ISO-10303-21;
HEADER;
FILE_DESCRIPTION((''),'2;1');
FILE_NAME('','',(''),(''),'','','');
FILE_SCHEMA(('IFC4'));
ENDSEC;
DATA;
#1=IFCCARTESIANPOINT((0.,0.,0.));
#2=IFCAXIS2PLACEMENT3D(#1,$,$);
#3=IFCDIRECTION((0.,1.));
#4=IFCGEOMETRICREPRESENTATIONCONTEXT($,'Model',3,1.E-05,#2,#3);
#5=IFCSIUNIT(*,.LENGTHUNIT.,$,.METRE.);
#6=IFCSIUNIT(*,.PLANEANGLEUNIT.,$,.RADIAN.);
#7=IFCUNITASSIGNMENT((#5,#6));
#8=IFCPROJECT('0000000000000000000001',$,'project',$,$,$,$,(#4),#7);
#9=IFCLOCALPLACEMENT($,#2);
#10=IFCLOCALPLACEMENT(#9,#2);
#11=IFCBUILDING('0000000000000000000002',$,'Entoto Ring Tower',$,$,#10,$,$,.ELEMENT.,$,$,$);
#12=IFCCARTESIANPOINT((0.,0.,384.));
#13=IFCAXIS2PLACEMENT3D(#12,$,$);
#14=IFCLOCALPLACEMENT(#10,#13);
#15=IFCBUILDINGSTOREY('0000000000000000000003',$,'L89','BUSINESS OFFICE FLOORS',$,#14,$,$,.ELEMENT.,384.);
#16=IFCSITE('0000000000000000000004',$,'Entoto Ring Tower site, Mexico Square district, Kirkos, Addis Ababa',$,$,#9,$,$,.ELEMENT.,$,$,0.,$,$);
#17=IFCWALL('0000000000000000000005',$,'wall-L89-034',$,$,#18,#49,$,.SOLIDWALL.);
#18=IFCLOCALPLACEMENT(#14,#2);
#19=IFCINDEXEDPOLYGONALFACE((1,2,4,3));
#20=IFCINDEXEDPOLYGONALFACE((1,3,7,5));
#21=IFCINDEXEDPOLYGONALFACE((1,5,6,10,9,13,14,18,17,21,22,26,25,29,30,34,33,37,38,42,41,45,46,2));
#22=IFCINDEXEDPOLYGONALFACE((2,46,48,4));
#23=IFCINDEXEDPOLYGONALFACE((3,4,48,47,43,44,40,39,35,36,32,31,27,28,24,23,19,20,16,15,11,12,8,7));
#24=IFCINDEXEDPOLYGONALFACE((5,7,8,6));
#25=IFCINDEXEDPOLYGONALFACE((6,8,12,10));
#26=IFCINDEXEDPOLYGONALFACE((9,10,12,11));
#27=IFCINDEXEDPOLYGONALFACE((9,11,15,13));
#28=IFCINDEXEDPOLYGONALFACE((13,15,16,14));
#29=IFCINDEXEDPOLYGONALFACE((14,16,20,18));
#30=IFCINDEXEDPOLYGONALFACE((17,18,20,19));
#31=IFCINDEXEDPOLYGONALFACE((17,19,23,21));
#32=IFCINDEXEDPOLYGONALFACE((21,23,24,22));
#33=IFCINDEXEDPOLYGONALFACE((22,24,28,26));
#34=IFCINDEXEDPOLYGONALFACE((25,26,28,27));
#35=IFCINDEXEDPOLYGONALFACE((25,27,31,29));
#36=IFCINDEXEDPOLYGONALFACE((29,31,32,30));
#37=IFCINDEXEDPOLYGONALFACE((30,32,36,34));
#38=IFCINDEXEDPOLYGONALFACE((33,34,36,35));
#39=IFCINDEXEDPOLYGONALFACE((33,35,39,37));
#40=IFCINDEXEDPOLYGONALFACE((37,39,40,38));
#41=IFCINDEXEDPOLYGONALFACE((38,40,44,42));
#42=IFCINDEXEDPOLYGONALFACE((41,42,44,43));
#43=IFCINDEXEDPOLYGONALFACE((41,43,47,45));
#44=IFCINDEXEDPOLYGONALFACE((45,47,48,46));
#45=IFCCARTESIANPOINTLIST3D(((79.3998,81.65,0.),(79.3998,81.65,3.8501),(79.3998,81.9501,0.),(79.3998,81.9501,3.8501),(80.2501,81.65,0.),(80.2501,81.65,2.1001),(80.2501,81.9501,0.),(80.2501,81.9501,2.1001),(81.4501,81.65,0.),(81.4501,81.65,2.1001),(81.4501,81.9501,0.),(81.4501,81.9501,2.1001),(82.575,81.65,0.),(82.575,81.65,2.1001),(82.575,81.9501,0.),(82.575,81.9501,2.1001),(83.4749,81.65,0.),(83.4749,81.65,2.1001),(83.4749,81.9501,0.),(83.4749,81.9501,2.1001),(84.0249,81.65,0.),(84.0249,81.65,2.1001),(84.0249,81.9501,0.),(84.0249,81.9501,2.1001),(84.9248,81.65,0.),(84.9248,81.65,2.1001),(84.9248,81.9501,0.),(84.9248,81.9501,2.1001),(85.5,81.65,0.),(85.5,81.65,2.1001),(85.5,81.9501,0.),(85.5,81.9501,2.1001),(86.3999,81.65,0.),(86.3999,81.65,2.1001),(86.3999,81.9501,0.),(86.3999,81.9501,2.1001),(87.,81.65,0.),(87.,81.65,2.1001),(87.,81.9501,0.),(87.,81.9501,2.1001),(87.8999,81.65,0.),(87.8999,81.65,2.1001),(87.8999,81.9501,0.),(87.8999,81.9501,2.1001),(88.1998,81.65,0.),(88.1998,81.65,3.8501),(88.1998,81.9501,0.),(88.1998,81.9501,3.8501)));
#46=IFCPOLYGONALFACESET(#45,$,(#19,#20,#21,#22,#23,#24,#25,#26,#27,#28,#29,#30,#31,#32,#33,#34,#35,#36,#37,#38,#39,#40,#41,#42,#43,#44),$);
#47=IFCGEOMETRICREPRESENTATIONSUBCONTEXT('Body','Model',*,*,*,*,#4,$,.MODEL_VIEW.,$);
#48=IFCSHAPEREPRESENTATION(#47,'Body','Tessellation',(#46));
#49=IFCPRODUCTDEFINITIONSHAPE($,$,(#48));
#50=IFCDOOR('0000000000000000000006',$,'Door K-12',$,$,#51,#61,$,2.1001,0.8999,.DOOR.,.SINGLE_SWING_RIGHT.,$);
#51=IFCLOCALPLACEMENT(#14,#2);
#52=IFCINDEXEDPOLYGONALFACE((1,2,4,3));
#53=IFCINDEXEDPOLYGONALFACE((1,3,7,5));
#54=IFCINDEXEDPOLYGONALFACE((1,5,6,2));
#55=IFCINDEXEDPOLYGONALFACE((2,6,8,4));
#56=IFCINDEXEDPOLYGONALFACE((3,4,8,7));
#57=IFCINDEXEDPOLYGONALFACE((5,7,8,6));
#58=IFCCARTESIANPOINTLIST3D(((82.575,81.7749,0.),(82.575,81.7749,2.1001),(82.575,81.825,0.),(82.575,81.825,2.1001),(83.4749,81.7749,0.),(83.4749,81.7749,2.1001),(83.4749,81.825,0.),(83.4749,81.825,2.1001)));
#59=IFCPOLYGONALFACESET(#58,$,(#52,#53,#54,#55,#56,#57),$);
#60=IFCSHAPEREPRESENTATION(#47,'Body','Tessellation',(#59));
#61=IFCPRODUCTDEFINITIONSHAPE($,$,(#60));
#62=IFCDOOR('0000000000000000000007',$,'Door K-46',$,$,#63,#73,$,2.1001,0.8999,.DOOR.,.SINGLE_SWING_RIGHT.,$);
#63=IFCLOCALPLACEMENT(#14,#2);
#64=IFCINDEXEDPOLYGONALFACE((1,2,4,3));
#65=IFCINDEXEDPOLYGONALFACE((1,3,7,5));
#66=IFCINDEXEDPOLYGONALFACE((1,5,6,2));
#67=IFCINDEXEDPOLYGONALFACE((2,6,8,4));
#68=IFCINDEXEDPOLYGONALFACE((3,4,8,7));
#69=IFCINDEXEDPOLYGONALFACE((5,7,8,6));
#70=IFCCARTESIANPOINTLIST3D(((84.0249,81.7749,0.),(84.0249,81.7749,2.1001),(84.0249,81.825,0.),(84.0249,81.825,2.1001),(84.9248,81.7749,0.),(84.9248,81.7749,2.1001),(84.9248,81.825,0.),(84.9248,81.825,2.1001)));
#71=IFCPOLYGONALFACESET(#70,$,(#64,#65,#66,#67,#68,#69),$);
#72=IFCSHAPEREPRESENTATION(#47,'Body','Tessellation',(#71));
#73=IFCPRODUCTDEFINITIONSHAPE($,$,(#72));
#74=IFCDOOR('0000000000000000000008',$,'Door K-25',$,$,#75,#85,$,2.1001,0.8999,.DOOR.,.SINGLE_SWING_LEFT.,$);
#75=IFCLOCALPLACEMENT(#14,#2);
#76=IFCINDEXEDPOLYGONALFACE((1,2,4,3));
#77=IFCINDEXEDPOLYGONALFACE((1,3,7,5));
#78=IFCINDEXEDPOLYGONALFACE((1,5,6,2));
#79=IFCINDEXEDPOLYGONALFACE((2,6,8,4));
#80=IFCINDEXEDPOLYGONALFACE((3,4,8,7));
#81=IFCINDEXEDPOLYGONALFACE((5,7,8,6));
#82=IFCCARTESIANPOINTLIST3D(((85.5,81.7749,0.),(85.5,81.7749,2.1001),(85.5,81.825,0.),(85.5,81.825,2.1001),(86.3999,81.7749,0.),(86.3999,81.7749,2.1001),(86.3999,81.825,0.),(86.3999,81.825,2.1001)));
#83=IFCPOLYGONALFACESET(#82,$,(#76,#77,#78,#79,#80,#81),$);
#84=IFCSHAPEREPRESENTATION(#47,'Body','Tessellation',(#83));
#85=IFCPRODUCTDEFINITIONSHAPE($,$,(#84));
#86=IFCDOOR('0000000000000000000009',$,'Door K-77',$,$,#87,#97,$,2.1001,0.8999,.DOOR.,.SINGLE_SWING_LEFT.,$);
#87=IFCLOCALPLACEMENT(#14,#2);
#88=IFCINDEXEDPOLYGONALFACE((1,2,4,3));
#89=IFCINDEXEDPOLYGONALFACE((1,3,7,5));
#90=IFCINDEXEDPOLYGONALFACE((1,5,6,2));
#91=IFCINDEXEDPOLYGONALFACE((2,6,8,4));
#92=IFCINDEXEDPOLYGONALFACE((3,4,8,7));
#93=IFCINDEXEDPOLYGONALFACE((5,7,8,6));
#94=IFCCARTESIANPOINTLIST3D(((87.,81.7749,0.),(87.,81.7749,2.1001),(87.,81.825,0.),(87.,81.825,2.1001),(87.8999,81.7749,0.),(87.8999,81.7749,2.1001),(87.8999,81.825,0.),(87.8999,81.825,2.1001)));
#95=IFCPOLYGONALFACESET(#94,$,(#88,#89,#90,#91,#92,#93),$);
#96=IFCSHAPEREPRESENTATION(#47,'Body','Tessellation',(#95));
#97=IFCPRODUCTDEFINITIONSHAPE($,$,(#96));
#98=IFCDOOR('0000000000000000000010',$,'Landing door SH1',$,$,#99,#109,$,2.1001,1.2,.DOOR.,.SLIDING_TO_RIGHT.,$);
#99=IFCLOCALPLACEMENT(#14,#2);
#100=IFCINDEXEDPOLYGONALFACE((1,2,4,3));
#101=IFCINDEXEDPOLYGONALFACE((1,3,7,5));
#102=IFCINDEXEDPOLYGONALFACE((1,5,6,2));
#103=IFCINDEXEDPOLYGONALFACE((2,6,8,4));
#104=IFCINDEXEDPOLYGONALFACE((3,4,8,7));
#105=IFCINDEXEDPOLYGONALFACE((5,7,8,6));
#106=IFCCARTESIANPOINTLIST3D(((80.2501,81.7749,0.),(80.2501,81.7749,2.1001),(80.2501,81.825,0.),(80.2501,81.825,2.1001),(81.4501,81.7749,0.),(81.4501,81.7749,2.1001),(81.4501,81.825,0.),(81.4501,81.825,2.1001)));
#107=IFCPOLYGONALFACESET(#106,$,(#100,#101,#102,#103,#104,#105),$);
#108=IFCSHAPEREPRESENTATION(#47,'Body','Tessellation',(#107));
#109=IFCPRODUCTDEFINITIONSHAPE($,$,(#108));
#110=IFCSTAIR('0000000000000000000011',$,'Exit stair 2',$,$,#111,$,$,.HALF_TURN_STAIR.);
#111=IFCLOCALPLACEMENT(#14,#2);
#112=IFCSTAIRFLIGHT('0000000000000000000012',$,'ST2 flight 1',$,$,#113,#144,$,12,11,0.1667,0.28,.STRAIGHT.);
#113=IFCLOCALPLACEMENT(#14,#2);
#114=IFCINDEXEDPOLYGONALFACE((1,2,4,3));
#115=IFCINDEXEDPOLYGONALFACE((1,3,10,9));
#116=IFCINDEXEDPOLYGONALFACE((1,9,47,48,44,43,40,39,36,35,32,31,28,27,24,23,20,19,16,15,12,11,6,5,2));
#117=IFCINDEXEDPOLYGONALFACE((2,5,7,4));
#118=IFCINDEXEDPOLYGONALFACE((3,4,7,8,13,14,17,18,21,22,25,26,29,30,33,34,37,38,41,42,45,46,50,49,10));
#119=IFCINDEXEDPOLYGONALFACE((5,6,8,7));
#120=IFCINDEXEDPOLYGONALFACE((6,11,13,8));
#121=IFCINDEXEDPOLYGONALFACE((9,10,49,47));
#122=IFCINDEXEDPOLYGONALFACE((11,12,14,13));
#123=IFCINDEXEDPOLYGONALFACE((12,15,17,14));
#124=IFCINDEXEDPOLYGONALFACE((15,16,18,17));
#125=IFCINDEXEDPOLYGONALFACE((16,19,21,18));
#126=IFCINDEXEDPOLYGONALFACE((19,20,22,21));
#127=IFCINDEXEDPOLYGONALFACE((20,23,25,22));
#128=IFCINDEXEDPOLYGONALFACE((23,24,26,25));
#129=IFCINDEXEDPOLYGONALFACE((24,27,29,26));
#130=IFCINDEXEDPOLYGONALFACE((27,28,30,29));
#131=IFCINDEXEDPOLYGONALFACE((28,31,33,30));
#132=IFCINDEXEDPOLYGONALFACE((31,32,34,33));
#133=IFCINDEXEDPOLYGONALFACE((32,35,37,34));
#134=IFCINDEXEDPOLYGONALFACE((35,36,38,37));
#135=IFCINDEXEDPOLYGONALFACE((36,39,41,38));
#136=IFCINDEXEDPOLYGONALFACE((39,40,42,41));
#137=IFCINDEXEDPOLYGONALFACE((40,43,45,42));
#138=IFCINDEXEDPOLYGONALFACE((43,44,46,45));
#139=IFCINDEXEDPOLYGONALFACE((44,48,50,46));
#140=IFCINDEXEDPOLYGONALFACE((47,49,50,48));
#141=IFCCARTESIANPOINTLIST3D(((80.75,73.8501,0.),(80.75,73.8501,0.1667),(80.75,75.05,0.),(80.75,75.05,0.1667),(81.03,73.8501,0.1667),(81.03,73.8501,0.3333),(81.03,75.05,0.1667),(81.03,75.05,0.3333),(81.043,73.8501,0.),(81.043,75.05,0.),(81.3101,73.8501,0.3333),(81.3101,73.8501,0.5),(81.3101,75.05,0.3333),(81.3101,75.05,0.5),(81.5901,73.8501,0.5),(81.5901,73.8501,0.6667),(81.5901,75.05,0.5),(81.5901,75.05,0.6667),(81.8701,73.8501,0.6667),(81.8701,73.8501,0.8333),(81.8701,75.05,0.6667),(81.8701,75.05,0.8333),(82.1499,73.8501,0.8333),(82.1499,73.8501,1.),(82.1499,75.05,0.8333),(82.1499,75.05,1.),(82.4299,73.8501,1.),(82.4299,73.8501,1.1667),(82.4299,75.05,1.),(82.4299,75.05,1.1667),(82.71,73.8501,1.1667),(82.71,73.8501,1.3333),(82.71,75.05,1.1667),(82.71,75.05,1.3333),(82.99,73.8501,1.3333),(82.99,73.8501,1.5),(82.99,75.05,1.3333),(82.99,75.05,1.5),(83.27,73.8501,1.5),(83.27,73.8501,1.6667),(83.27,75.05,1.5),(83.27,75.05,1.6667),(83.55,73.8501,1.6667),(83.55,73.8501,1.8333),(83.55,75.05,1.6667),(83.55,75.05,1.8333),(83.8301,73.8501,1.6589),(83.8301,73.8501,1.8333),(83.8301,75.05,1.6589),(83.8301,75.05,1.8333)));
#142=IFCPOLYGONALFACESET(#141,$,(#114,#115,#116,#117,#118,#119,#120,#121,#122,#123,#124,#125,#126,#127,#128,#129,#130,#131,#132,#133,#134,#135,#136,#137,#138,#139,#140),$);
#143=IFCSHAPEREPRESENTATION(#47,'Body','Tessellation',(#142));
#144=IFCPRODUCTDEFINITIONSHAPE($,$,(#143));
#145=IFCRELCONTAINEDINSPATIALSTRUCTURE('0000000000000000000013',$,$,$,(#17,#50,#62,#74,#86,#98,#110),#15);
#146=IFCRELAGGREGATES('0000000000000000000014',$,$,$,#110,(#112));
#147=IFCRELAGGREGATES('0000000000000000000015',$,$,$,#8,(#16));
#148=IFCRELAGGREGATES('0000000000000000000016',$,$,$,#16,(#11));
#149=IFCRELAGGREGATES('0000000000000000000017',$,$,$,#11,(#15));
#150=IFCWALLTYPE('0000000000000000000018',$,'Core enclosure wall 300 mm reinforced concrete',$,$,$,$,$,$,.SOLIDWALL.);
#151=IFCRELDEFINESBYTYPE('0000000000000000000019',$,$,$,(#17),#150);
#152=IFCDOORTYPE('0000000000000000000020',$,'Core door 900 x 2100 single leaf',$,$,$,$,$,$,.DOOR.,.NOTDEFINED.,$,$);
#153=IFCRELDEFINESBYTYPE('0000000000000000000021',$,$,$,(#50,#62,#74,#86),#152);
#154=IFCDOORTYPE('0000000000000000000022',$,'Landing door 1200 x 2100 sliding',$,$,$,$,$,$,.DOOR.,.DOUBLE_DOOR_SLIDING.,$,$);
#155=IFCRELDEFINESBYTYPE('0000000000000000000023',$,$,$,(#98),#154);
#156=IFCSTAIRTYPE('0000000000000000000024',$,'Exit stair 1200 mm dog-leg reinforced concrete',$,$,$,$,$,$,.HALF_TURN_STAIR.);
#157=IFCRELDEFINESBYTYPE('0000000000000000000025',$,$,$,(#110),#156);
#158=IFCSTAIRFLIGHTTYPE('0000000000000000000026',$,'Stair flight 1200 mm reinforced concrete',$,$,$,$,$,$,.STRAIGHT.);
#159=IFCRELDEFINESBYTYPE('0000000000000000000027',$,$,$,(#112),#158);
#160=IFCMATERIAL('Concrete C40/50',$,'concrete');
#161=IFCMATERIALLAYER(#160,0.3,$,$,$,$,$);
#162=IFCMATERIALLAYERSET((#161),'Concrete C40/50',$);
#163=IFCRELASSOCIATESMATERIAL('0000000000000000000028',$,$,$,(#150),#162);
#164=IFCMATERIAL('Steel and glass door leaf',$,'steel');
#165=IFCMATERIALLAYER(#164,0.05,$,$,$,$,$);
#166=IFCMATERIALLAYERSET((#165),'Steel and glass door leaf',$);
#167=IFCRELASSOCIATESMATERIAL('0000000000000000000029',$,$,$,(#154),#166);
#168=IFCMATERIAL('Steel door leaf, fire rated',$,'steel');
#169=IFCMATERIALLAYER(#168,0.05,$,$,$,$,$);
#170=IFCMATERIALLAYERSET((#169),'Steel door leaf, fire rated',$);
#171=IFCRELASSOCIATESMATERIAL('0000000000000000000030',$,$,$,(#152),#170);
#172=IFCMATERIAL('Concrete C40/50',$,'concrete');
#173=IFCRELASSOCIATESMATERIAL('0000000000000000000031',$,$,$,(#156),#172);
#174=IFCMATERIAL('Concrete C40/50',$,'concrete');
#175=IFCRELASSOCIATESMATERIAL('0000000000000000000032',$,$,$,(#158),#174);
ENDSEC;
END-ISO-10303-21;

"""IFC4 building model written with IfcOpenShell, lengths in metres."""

from ifc_helpers import new_model, si_unit, direction, frame, frame_2d, origin, place, context, subcontext, project, spatial, polyline, rectangle, outline, extrude, material, layer, layer_set, type_object, element, fill, aggregate, save


model = new_model("IFC4")

# Units and contexts
model_context = context("Model", 3, precision=1e-05, world=origin(), true_north=direction((0.0, 1.0)))
body_context = subcontext(model_context, "Body", "Model", "MODEL_VIEW")
ifc_project = project(units=[si_unit("LENGTHUNIT", "METRE"), si_unit("PLANEANGLEUNIT", "RADIAN")], contexts=[model_context])

# Site, building, storey
site_placement = place(None, origin())
site = spatial("IfcSite", under=ifc_project, at=site_placement, Name="Entoto Ring Tower site, Mexico Square district, Kirkos, Addis Ababa", CompositionType="ELEMENT", RefElevation=0.0)
building_placement = place(site_placement, origin())
building = spatial("IfcBuilding", under=site, at=building_placement, Name="Entoto Ring Tower", CompositionType="ELEMENT")
storey_placement = place(building_placement, frame((0.0, 0.0, 384.0)))
storey = spatial("IfcBuildingStorey", under=building, at=storey_placement, Name="L89", Description="BUSINESS OFFICE FLOORS", CompositionType="ELEMENT", Elevation=384.0)

# Shared definitions
ifc_material_1 = material(Name="Concrete C40/50", Category="concrete")
ifc_layer_1 = layer(ifc_material_1, 0.3)
ifc_layer_set_1 = layer_set([ifc_layer_1], Name="Concrete C40/50")
wall_type = type_object("IfcWallType", Name="Core enclosure wall 300 mm reinforced concrete", PredefinedType="SOLIDWALL", material=ifc_layer_set_1)
ifc_material_2 = material(Name="Steel and glass door leaf", Category="steel")
ifc_layer_2 = layer(ifc_material_2, 0.05)
ifc_layer_set_2 = layer_set([ifc_layer_2], Name="Steel and glass door leaf")
door_type_1 = type_object("IfcDoorType", Name="Landing door 1200 x 2100 sliding", OperationType="DOUBLE_DOOR_SLIDING", PredefinedType="DOOR", material=ifc_layer_set_2)

# Wall, openings, doors
ifc_material_3 = material(Name="Steel door leaf, fire rated", Category="steel")
ifc_layer_3 = layer(ifc_material_3, 0.05)
ifc_layer_set_3 = layer_set([ifc_layer_3], Name="Steel door leaf, fire rated")
door_type_2 = type_object("IfcDoorType", Name="Core door 900 x 2100 single leaf", OperationType="NOTDEFINED", PredefinedType="DOOR", material=ifc_layer_set_3)
wall_1_placement = place(storey_placement, frame((79.3999, 81.8, 0.0), z_axis=(0.0, 0.0, 1.0), x_axis=(1.0, 0.0, 0.0)))
wall_1 = element("IfcWall", 1, at=wall_1_placement, inside=storey, type_object=wall_type, Name="wall-L89-034", PredefinedType="SOLIDWALL", context=body_context, shape_type="SweptSolid", body=[
    extrude(rectangle(XDim=8.8, YDim=0.3, at=frame_2d((4.3999, 0.0))), origin(), (0.0, 0.0, 1.0), 3.8501),
])
opening_1_placement = place(wall_1_placement, frame((0.8501, 0.0, 0.0)))
opening_1 = element("IfcOpeningElement", 2, at=opening_1_placement, cuts=wall_1, PredefinedType="OPENING", context=body_context, shape_type="SweptSolid", body=[
    extrude(rectangle(XDim=1.2, YDim=2.1001, at=frame_2d((0.6001, 1.05))), frame((0.0, 0.1602, 0.0), z_axis=(0.0, -1.0, 0.0), x_axis=(1.0, 0.0, 0.0)), (0.0, 0.0, 1.0), 0.3201),
])
opening_2_placement = place(wall_1_placement, frame((3.175, 0.0, 0.0)))
opening_2 = element("IfcOpeningElement", 3, at=opening_2_placement, cuts=wall_1, PredefinedType="OPENING", context=body_context, shape_type="SweptSolid", body=[
    extrude(rectangle(XDim=0.8999, YDim=2.1001, at=frame_2d((0.45, 1.05))), frame((0.0, 0.1602, 0.0), z_axis=(0.0, -1.0, 0.0), x_axis=(1.0, 0.0, 0.0)), (0.0, 0.0, 1.0), 0.3201),
])
opening_3_placement = place(wall_1_placement, frame((4.625, 0.0, 0.0)))
opening_3 = element("IfcOpeningElement", 4, at=opening_3_placement, cuts=wall_1, PredefinedType="OPENING", context=body_context, shape_type="SweptSolid", body=[
    extrude(rectangle(XDim=0.8999, YDim=2.1001, at=frame_2d((0.45, 1.05))), frame((0.0, 0.1602, 0.0), z_axis=(0.0, -1.0, 0.0), x_axis=(1.0, 0.0, 0.0)), (0.0, 0.0, 1.0), 0.3201),
])
opening_4_placement = place(wall_1_placement, frame((6.1001, 0.0, 0.0)))
opening_4 = element("IfcOpeningElement", 5, at=opening_4_placement, cuts=wall_1, PredefinedType="OPENING", context=body_context, shape_type="SweptSolid", body=[
    extrude(rectangle(XDim=0.8999, YDim=2.1001, at=frame_2d((0.45, 1.05))), frame((0.0, 0.1602, 0.0), z_axis=(0.0, -1.0, 0.0), x_axis=(1.0, 0.0, 0.0)), (0.0, 0.0, 1.0), 0.3201),
])
opening_5_placement = place(wall_1_placement, frame((7.6001, 0.0, 0.0)))
opening_5 = element("IfcOpeningElement", 6, at=opening_5_placement, cuts=wall_1, PredefinedType="OPENING", context=body_context, shape_type="SweptSolid", body=[
    extrude(rectangle(XDim=0.8999, YDim=2.1001, at=frame_2d((0.45, 1.05))), frame((0.0, 0.1602, 0.0), z_axis=(0.0, -1.0, 0.0), x_axis=(1.0, 0.0, 0.0)), (0.0, 0.0, 1.0), 0.3201),
])
door_1_placement = place(opening_2_placement, origin())
door_1 = element("IfcDoor", 7, at=door_1_placement, inside=storey, type_object=door_type_2, Name="Door K-12", OperationType="SINGLE_SWING_RIGHT", OverallHeight=2.1001, OverallWidth=0.8999, PredefinedType="DOOR", context=body_context, shape_type="SweptSolid", body=[
    extrude(rectangle(XDim=0.8999, YDim=2.1001, at=frame_2d((0.45, 1.05))), frame((0.0, 0.0249, 0.0), z_axis=(0.0, -1.0, 0.0), x_axis=(1.0, 0.0, 0.0)), (0.0, 0.0, 1.0), 0.05),
])
fill(opening_2, door_1)
door_2_placement = place(opening_3_placement, origin())
door_2 = element("IfcDoor", 8, at=door_2_placement, inside=storey, type_object=door_type_2, Name="Door K-46", OperationType="SINGLE_SWING_RIGHT", OverallHeight=2.1001, OverallWidth=0.8999, PredefinedType="DOOR", context=body_context, shape_type="SweptSolid", body=[
    extrude(rectangle(XDim=0.8999, YDim=2.1001, at=frame_2d((0.45, 1.05))), frame((0.0, 0.0249, 0.0), z_axis=(0.0, -1.0, 0.0), x_axis=(1.0, 0.0, 0.0)), (0.0, 0.0, 1.0), 0.05),
])
fill(opening_3, door_2)
door_3_placement = place(opening_4_placement, origin())
door_3 = element("IfcDoor", 9, at=door_3_placement, inside=storey, type_object=door_type_2, Name="Door K-25", OperationType="SINGLE_SWING_LEFT", OverallHeight=2.1001, OverallWidth=0.8999, PredefinedType="DOOR", context=body_context, shape_type="SweptSolid", body=[
    extrude(rectangle(XDim=0.8999, YDim=2.1001, at=frame_2d((0.45, 1.05))), frame((0.0, 0.0249, 0.0), z_axis=(0.0, -1.0, 0.0), x_axis=(1.0, 0.0, 0.0)), (0.0, 0.0, 1.0), 0.05),
])
fill(opening_4, door_3)
door_4_placement = place(opening_5_placement, origin())
door_4 = element("IfcDoor", 10, at=door_4_placement, inside=storey, type_object=door_type_2, Name="Door K-77", OperationType="SINGLE_SWING_LEFT", OverallHeight=2.1001, OverallWidth=0.8999, PredefinedType="DOOR", context=body_context, shape_type="SweptSolid", body=[
    extrude(rectangle(XDim=0.8999, YDim=2.1001, at=frame_2d((0.45, 1.05))), frame((0.0, 0.0249, 0.0), z_axis=(0.0, -1.0, 0.0), x_axis=(1.0, 0.0, 0.0)), (0.0, 0.0, 1.0), 0.05),
])
fill(opening_5, door_4)
door_5_placement = place(opening_1_placement, origin())
door_5 = element("IfcDoor", 11, at=door_5_placement, inside=storey, type_object=door_type_1, Name="Landing door SH1", OperationType="SLIDING_TO_RIGHT", OverallHeight=2.1001, OverallWidth=1.2, PredefinedType="DOOR", context=body_context, shape_type="SweptSolid", body=[
    extrude(rectangle(XDim=1.2, YDim=2.1001, at=frame_2d((0.6001, 1.05))), frame((0.0, 0.0249, 0.0), z_axis=(0.0, -1.0, 0.0), x_axis=(1.0, 0.0, 0.0)), (0.0, 0.0, 1.0), 0.05),
])
fill(opening_1, door_5)

# Stair, stair flight
ifc_material_4 = material(Name="Concrete C40/50", Category="concrete")
stair_type = type_object("IfcStairType", Name="Exit stair 1200 mm dog-leg reinforced concrete", PredefinedType="HALF_TURN_STAIR", material=ifc_material_4)
stair_placement = place(storey_placement, origin())
stair = element("IfcStair", 12, at=stair_placement, inside=storey, type_object=stair_type, Name="Exit stair 2", PredefinedType="HALF_TURN_STAIR")
ifc_material_5 = material(Name="Concrete C40/50", Category="concrete")
stair_flight_type = type_object("IfcStairFlightType", Name="Stair flight 1200 mm reinforced concrete", PredefinedType="STRAIGHT", material=ifc_material_5)
stair_flight_1_placement = place(storey_placement, frame((80.75, 74.45, 0.0), z_axis=(0.0, 0.0, 1.0), x_axis=(1.0, 0.0, 0.0)))
stair_flight_1 = element("IfcStairFlight", 13, at=stair_flight_1_placement, type_object=stair_flight_type, Name="ST2 flight 1", NumberOfRisers=12, NumberOfTreads=11, PredefinedType="STRAIGHT", RiserHeight=0.1667, TreadLength=0.28, context=body_context, shape_type="SweptSolid", body=[
    extrude(outline(polyline([(0.0, 0.0), (0.0, 0.1667), (0.28, 0.1667), (0.28, 0.3333), (0.5601, 0.3333), (0.5601, 0.5), (0.8401, 0.5), (0.8401, 0.6667), (1.1201, 0.6667), (1.1201, 0.8333), (1.3999, 0.8333), (1.3999, 1.0), (1.6799, 1.0), (1.6799, 1.1667), (1.96, 1.1667), (1.96, 1.3333), (2.24, 1.3333), (2.24, 1.5), (2.52, 1.5), (2.52, 1.6667), (2.8, 1.6667), (2.8, 1.8333), (3.0801, 1.8333), (3.0801, 2.0), (3.0801, 1.6589), (0.293, 0.0), (0.0, 0.0)])), frame((0.0, 0.6001, 0.0), z_axis=(0.0, -1.0, 0.0), x_axis=(1.0, 0.0, 0.0)), (0.0, 0.0, 1.0), 1.2),
])
aggregate(stair, [stair_flight_1])

save(model, "model.ifc")
